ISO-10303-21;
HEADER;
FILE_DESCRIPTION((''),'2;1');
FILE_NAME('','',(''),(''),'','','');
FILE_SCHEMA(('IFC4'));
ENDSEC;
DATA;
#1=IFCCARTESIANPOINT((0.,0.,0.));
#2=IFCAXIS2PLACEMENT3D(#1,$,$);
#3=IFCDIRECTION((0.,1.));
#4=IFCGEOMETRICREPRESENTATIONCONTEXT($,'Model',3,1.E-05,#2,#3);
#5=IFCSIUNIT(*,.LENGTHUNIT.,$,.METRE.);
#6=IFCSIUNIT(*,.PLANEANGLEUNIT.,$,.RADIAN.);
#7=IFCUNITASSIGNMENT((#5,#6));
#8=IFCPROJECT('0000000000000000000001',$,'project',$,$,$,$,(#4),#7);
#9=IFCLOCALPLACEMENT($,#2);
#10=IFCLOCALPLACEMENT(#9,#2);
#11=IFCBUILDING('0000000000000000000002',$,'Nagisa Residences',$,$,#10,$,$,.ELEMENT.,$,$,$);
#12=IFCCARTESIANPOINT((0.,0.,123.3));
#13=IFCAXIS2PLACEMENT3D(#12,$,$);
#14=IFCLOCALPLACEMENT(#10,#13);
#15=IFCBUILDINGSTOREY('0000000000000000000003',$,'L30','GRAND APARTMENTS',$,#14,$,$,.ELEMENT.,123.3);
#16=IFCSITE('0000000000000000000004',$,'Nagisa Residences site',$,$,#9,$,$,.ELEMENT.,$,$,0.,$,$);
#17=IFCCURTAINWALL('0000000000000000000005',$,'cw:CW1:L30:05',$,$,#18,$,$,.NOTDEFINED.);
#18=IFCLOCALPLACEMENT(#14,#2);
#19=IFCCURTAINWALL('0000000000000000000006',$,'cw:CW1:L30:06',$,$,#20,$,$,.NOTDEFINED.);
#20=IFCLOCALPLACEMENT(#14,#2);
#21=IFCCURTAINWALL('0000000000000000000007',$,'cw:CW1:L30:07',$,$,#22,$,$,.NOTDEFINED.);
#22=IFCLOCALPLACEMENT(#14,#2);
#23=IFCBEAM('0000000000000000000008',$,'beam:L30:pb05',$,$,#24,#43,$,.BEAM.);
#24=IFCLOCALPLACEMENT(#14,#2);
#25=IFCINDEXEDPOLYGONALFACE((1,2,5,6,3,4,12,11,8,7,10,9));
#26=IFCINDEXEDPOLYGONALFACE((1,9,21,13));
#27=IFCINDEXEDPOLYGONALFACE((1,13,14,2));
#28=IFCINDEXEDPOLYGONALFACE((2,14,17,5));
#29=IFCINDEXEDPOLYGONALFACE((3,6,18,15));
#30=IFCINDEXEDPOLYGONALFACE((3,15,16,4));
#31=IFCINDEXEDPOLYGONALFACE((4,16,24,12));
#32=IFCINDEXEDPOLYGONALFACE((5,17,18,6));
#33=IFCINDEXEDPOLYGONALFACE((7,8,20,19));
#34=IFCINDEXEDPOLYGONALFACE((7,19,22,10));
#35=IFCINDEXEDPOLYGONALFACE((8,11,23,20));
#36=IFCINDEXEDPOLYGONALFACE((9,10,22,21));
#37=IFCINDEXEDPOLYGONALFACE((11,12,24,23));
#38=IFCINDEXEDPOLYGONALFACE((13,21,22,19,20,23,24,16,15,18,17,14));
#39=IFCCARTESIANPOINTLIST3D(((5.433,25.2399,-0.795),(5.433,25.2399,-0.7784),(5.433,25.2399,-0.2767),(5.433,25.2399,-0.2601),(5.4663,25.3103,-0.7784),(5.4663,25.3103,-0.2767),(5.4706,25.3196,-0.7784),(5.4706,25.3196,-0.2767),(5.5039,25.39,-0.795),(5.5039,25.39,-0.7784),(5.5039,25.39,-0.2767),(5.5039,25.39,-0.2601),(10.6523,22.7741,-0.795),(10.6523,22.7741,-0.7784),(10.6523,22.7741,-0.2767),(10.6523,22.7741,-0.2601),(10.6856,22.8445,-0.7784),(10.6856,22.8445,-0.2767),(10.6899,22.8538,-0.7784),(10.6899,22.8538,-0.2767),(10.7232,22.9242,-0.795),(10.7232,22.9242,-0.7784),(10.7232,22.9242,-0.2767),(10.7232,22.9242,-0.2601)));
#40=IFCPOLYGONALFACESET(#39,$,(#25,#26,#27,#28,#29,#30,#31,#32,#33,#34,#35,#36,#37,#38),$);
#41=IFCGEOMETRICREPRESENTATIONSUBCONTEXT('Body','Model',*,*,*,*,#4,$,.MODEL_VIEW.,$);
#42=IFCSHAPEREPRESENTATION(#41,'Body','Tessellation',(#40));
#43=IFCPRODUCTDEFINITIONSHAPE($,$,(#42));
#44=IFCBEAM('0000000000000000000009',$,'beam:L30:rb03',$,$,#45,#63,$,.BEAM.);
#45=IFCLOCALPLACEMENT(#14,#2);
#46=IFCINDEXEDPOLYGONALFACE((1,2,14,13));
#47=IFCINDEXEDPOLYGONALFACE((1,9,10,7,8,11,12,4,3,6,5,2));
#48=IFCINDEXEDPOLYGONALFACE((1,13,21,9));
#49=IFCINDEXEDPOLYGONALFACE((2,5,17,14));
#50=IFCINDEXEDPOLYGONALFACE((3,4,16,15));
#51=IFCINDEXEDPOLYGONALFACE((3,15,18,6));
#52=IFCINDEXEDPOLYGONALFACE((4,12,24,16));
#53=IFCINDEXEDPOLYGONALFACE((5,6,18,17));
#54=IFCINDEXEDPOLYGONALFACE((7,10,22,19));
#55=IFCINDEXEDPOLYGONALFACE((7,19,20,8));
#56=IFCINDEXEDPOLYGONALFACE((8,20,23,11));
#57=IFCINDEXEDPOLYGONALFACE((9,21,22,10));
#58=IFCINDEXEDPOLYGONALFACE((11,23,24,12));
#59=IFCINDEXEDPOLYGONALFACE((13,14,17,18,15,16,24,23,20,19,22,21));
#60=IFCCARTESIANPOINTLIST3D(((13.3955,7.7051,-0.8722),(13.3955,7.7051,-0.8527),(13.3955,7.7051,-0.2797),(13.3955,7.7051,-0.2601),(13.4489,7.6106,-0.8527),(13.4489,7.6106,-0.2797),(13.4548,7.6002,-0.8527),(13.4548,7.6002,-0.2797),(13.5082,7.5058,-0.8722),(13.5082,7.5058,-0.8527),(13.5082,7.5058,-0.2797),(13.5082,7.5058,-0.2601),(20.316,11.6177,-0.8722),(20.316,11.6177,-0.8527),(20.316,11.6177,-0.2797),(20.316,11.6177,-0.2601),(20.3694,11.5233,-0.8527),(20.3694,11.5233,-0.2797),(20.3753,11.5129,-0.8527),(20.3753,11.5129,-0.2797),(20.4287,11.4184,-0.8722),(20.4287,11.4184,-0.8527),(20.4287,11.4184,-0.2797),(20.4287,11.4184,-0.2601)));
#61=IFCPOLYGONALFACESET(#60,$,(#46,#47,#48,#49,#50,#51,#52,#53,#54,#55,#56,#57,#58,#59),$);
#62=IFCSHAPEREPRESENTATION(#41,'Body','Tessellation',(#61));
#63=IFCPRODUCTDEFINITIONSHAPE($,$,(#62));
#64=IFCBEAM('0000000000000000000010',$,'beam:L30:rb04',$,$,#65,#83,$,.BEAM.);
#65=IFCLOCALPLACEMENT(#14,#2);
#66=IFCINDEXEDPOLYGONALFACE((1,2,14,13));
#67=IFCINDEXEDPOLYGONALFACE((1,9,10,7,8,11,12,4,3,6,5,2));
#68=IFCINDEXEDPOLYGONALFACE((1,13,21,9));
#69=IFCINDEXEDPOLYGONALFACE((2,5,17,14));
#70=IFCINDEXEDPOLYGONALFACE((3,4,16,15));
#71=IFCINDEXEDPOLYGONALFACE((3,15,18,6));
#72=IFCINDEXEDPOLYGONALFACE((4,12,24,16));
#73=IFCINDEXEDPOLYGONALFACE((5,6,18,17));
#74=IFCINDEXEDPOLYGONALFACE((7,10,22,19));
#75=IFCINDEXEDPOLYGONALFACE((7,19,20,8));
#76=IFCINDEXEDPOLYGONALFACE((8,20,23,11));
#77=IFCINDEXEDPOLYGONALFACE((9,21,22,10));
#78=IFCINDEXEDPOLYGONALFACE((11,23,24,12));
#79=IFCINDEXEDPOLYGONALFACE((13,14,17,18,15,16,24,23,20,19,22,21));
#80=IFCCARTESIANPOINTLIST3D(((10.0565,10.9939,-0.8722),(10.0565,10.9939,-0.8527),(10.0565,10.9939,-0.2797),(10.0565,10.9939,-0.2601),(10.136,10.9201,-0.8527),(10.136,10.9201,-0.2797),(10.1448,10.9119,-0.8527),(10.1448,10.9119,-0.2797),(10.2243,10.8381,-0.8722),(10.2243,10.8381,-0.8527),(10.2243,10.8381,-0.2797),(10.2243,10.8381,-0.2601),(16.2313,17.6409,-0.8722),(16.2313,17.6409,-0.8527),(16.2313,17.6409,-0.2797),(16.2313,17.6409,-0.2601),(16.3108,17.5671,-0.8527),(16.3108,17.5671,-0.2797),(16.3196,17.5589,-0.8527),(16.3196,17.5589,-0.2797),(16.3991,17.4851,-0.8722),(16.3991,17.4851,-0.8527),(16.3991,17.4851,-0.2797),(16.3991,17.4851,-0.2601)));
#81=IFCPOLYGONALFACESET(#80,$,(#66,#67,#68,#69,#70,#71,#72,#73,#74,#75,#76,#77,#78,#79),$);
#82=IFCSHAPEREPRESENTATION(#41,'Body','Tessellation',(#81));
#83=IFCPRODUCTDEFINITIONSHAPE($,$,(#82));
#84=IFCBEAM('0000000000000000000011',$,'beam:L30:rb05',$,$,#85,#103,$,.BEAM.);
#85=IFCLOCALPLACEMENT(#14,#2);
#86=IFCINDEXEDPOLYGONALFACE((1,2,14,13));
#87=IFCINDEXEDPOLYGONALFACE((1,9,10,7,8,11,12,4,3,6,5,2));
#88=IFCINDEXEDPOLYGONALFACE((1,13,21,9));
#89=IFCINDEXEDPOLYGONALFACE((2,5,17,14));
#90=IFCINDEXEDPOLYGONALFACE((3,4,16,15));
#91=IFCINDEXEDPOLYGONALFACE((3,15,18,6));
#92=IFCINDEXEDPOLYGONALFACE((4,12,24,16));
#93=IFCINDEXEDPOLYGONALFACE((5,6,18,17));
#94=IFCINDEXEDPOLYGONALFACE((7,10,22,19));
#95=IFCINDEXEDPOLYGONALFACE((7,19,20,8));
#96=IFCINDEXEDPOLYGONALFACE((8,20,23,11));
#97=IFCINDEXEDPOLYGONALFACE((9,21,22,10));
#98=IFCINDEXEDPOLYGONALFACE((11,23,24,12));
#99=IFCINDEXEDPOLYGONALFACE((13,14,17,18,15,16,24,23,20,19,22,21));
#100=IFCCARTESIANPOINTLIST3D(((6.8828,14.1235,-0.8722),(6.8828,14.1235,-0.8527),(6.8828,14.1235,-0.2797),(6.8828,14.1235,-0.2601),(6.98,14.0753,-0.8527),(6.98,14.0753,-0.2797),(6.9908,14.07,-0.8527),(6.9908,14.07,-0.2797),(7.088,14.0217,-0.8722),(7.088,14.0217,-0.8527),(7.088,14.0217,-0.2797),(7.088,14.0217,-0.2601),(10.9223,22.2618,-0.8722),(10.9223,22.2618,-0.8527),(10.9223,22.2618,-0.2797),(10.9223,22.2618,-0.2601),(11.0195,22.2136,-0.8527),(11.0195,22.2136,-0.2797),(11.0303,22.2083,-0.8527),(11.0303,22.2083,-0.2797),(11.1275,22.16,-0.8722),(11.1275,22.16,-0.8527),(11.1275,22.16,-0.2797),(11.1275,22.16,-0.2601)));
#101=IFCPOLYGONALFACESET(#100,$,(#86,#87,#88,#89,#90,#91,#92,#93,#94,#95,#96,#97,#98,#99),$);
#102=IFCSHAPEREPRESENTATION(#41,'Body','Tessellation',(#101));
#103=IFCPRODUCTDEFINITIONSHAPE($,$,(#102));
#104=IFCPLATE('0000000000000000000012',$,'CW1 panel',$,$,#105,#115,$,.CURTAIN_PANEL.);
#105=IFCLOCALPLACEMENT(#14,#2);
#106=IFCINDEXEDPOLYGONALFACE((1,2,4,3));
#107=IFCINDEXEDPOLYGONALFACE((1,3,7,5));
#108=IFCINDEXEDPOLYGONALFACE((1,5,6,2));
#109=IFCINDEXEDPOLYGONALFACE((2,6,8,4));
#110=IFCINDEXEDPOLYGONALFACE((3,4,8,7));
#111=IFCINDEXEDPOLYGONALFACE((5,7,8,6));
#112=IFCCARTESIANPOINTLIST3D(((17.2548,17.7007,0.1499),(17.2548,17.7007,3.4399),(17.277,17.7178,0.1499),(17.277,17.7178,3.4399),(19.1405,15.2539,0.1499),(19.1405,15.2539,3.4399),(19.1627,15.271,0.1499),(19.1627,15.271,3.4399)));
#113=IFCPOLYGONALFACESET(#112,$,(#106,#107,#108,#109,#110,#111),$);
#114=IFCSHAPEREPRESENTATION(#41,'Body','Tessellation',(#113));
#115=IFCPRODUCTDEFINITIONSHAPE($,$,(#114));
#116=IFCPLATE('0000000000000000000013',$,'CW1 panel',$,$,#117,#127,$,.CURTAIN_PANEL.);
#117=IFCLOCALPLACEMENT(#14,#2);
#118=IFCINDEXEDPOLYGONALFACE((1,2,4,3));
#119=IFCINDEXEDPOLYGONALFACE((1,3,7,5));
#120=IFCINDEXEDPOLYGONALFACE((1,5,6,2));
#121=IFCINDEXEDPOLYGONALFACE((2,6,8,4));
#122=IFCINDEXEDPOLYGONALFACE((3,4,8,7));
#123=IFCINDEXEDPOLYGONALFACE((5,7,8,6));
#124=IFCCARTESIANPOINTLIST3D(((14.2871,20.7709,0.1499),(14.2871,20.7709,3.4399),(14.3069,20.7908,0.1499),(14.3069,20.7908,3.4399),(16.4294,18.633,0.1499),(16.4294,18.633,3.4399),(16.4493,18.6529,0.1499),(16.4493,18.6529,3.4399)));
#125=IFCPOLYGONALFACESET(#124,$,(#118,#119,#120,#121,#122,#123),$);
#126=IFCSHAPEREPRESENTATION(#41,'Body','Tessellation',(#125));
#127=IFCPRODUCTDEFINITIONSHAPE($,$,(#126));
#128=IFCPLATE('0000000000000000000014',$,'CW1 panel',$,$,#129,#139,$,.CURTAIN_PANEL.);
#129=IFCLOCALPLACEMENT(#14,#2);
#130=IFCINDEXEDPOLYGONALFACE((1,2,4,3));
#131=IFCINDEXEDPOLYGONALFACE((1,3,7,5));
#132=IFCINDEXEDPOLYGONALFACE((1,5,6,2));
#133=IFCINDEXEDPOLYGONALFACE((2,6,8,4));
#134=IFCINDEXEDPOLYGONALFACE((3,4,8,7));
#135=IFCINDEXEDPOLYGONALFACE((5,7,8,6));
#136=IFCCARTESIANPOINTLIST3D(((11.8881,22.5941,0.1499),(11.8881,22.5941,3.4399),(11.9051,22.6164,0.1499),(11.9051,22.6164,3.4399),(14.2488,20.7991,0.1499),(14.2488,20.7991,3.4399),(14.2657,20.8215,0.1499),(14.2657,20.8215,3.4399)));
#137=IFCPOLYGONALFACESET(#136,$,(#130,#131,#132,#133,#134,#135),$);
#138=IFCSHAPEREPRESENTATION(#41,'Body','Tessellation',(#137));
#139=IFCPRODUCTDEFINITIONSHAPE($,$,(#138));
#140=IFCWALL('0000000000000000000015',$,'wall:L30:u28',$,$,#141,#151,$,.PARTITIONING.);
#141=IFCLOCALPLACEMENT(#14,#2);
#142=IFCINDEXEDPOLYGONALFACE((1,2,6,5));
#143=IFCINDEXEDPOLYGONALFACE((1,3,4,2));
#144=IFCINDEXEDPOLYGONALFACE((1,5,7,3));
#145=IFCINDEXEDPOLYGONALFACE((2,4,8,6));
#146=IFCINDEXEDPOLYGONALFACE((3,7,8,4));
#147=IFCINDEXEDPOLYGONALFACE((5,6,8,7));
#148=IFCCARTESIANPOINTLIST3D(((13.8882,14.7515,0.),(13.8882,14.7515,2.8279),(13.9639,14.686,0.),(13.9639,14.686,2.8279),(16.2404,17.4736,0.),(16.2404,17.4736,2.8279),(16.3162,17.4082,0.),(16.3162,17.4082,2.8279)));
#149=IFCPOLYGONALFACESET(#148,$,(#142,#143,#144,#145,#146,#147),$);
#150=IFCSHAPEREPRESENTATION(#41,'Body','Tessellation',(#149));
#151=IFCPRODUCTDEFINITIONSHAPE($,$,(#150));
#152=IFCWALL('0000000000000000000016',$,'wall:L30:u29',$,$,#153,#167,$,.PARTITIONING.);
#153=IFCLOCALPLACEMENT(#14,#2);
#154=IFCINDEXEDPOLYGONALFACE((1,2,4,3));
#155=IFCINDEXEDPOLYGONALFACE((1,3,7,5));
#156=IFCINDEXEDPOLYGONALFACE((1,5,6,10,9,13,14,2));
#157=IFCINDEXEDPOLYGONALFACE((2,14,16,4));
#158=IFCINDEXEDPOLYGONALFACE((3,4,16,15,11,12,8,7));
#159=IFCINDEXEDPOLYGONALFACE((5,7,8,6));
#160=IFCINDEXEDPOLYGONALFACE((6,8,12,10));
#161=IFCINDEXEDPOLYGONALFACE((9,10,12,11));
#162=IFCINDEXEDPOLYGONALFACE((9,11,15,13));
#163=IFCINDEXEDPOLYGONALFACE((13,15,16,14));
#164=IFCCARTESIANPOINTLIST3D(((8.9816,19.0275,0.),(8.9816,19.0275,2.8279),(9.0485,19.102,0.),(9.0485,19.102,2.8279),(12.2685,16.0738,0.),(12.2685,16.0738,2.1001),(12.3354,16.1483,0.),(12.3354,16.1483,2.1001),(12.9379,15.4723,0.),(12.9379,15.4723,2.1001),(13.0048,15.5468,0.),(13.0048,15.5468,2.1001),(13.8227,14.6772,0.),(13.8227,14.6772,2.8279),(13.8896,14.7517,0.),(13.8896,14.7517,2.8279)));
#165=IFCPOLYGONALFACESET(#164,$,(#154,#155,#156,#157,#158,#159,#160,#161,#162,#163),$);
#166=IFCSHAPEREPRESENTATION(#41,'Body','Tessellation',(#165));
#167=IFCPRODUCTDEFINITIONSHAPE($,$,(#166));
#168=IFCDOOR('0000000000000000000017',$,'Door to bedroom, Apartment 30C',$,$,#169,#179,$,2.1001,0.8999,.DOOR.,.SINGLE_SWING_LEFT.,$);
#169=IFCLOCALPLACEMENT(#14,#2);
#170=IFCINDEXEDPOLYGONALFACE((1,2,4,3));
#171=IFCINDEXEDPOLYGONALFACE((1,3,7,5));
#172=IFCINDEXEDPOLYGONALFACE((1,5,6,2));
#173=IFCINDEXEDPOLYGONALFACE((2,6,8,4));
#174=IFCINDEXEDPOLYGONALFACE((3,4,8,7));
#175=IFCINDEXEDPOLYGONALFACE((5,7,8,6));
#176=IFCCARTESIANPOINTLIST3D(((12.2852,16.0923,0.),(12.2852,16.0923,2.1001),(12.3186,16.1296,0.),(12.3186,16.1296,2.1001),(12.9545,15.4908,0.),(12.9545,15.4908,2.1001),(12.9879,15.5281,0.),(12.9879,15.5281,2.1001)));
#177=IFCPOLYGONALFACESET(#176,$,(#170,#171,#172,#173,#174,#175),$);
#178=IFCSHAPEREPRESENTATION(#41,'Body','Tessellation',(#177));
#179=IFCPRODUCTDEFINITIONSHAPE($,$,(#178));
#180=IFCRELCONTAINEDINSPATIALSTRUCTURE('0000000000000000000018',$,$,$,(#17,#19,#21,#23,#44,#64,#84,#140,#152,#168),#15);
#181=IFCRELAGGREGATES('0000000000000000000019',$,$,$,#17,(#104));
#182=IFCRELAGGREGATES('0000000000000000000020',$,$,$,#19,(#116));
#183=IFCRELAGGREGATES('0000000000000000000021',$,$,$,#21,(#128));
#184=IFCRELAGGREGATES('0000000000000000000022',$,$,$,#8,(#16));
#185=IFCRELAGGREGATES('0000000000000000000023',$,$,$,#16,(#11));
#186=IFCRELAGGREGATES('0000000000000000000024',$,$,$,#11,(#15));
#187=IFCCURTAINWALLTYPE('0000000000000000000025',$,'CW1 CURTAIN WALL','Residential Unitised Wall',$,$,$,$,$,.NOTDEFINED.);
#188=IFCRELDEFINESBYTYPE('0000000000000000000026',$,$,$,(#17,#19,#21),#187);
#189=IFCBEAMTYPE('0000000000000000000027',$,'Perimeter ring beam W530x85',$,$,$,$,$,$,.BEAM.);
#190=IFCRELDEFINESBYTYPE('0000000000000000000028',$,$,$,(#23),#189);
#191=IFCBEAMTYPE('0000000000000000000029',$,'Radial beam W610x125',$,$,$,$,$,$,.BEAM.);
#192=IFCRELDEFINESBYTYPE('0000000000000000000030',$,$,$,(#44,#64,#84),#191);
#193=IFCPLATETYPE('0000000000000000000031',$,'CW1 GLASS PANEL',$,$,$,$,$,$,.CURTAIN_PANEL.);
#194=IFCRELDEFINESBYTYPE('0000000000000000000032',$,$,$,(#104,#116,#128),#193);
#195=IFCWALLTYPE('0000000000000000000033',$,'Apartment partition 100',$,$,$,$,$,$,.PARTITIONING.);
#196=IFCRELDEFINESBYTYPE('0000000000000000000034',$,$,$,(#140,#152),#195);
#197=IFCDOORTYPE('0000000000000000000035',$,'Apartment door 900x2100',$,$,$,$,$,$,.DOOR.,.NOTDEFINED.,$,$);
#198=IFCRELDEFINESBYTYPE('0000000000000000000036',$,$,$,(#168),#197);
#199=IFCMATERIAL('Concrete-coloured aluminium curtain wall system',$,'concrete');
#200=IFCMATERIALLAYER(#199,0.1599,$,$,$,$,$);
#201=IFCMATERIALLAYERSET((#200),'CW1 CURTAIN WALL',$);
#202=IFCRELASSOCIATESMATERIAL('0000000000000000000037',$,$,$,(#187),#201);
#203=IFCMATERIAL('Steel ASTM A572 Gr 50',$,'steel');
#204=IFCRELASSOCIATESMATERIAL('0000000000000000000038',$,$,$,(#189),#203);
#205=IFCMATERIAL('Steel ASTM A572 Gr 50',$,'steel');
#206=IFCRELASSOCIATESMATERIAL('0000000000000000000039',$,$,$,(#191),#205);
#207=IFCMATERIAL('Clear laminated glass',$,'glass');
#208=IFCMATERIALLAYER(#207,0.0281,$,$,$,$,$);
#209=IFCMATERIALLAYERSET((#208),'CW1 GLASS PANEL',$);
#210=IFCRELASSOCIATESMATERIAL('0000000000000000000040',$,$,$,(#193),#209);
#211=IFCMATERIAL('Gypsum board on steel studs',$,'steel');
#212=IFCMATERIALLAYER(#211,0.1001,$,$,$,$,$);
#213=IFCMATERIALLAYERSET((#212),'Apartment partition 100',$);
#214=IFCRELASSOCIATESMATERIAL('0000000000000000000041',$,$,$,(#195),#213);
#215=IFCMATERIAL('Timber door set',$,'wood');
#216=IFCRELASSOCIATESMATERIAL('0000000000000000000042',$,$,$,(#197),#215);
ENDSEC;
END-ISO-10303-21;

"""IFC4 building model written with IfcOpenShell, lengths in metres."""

from ifc_helpers import new_model, si_unit, direction, frame, frame_2d, origin, origin_2d, place, context, subcontext, project, spatial, rectangle, i_section, extrude, material, layer, layer_set, material_profile, profile_set, type_object, element, fill, aggregate, save


model = new_model("IFC4")

# Units and contexts
model_context = context("Model", 3, precision=1e-05, world=origin(), true_north=direction((0.0, 1.0)))
body_context = subcontext(model_context, "Body", "Model", "MODEL_VIEW")
ifc_project = project(units=[si_unit("LENGTHUNIT", "METRE"), si_unit("PLANEANGLEUNIT", "RADIAN")], contexts=[model_context])

# Site, building, storey
site_placement = place(None, origin())
site = spatial("IfcSite", under=ifc_project, at=site_placement, Name="Nagisa Residences site", CompositionType="ELEMENT", RefElevation=0.0)
building_placement = place(site_placement, origin())
building = spatial("IfcBuilding", under=site, at=building_placement, Name="Nagisa Residences", CompositionType="ELEMENT")
storey_placement = place(building_placement, frame((0.0, 0.0, 123.3)))
storey = spatial("IfcBuildingStorey", under=building, at=storey_placement, Name="L30", Description="GRAND APARTMENTS", CompositionType="ELEMENT", Elevation=123.3)

# Curtain walls
ifc_material_1 = material(Name="Concrete-coloured aluminium curtain wall system", Category="concrete")
ifc_layer_1 = layer(ifc_material_1, 0.1599)
ifc_layer_set_1 = layer_set([ifc_layer_1], Name="CW1 CURTAIN WALL")
curtain_wall_type = type_object("IfcCurtainWallType", Name="CW1 CURTAIN WALL", Description="Residential Unitised Wall", PredefinedType="NOTDEFINED", material=ifc_layer_set_1)
curtain_wall_1_placement = place(storey_placement, origin())
curtain_wall_1 = element("IfcCurtainWall", 1, at=curtain_wall_1_placement, inside=storey, type_object=curtain_wall_type, Name="cw:CW1:L30:05", PredefinedType="NOTDEFINED")
curtain_wall_2_placement = place(storey_placement, origin())
curtain_wall_2 = element("IfcCurtainWall", 2, at=curtain_wall_2_placement, inside=storey, type_object=curtain_wall_type, Name="cw:CW1:L30:06", PredefinedType="NOTDEFINED")
curtain_wall_3_placement = place(storey_placement, origin())
curtain_wall_3 = element("IfcCurtainWall", 3, at=curtain_wall_3_placement, inside=storey, type_object=curtain_wall_type, Name="cw:CW1:L30:07", PredefinedType="NOTDEFINED")

# Beams
ifc_material_2 = material(Name="Steel ASTM A572 Gr 50", Category="steel")
ifc_material_profile_1 = material_profile(ifc_material_2, i_section(OverallWidth=0.166, OverallDepth=0.5349, WebThickness=0.0103, FlangeThickness=0.0166, at=origin_2d()), Name="W530x85")
ifc_profile_set_1 = profile_set([ifc_material_profile_1], Name="Steel ASTM A572 Gr 50")
beam_type_1 = type_object("IfcBeamType", Name="Perimeter ring beam W530x85", PredefinedType="BEAM", material=ifc_profile_set_1)
beam_1_placement = place(storey_placement, frame((10.6877, 22.8491, -0.5276), z_axis=(-0.90417, 0.427173, 0.0), x_axis=(-0.427173, -0.90417, 0.0)))
element("IfcBeam", 4, at=beam_1_placement, inside=storey, type_object=beam_type_1, Name="beam:L30:pb05", PredefinedType="BEAM", context=body_context, shape_type="SweptSolid", body=[
    extrude(i_section(OverallWidth=0.166, OverallDepth=0.5349, WebThickness=0.0103, FlangeThickness=0.0166, at=origin_2d()), origin(), (0.0, 0.0, 1.0), 5.7725),
])
ifc_material_3 = material(Name="Steel ASTM A572 Gr 50", Category="steel")
ifc_material_profile_2 = material_profile(ifc_material_3, i_section(OverallWidth=0.229, OverallDepth=0.6121, WebThickness=0.012, FlangeThickness=0.0195, at=origin_2d()), Name="W610x125")
ifc_profile_set_2 = profile_set([ifc_material_profile_2], Name="Steel ASTM A572 Gr 50")
beam_type_2 = type_object("IfcBeamType", Name="Radial beam W610x125", PredefinedType="BEAM", material=ifc_profile_set_2)
beam_2_placement = place(storey_placement, frame((20.3723, 11.5181, -0.5662), z_axis=(-0.870506, -0.492158, 0.0), x_axis=(0.492158, -0.870506, 0.0)))
element("IfcBeam", 5, at=beam_2_placement, inside=storey, type_object=beam_type_2, Name="beam:L30:rb03", PredefinedType="BEAM", context=body_context, shape_type="SweptSolid", body=[
    extrude(i_section(OverallWidth=0.229, OverallDepth=0.6121, WebThickness=0.012, FlangeThickness=0.0195, at=origin_2d()), origin(), (0.0, 0.0, 1.0), 7.95),
])
beam_3_placement = place(storey_placement, frame((16.3152, 17.563, -0.5662), z_axis=(-0.680606, -0.73265, 0.0), x_axis=(0.73265, -0.680606, 0.0)))
element("IfcBeam", 6, at=beam_3_placement, inside=storey, type_object=beam_type_2, Name="beam:L30:rb04", PredefinedType="BEAM", context=body_context, shape_type="SweptSolid", body=[
    extrude(i_section(OverallWidth=0.229, OverallDepth=0.6121, WebThickness=0.012, FlangeThickness=0.0195, at=origin_2d()), origin(), (0.0, 0.0, 1.0), 9.0725),
])
beam_4_placement = place(storey_placement, frame((11.0249, 22.2109, -0.5662), z_axis=(-0.4446, -0.895729, 0.0), x_axis=(0.895729, -0.4446, 0.0)))
element("IfcBeam", 7, at=beam_4_placement, inside=storey, type_object=beam_type_2, Name="beam:L30:rb05", PredefinedType="BEAM", context=body_context, shape_type="SweptSolid", body=[
    extrude(i_section(OverallWidth=0.229, OverallDepth=0.6121, WebThickness=0.012, FlangeThickness=0.0195, at=origin_2d()), origin(), (0.0, 0.0, 1.0), 9.0857),
])

# Plates
ifc_material_4 = material(Name="Clear laminated glass", Category="glass")
ifc_layer_2 = layer(ifc_material_4, 0.0281)
ifc_layer_set_2 = layer_set([ifc_layer_2], Name="CW1 GLASS PANEL")
plate_type = type_object("IfcPlateType", Name="CW1 GLASS PANEL", PredefinedType="CURTAIN_PANEL", material=ifc_layer_set_2)
plate_1_placement = place(storey_placement, frame((18.2087, 16.4858, 0.1499), z_axis=(0.0, 0.0, 1.0), x_axis=(-0.61043, 0.79207, 0.0)))
plate_1 = element("IfcPlate", 8, at=plate_1_placement, type_object=plate_type, Name="CW1 panel", PredefinedType="CURTAIN_PANEL", context=body_context, shape_type="SweptSolid", body=[
    extrude(rectangle(XDim=3.0891, YDim=0.0281, at=origin_2d()), origin(), (0.0, 0.0, 1.0), 3.29),
])
aggregate(curtain_wall_1, [plate_1])
plate_2_placement = place(storey_placement, frame((15.3682, 19.7119, 0.1499), z_axis=(0.0, 0.0, 1.0), x_axis=(-0.707836, 0.706377, 0.0)))
plate_2 = element("IfcPlate", 9, at=plate_2_placement, type_object=plate_type, Name="CW1 panel", PredefinedType="CURTAIN_PANEL", context=body_context, shape_type="SweptSolid", body=[
    extrude(rectangle(XDim=3.0266, YDim=0.0281, at=origin_2d()), origin(), (0.0, 0.0, 1.0), 3.29),
])
aggregate(curtain_wall_2, [plate_2])
plate_3_placement = place(storey_placement, frame((13.0769, 21.7078, 0.1499), z_axis=(0.0, 0.0, 1.0), x_axis=(-0.796031, 0.605255, 0.0)))
plate_3 = element("IfcPlate", 10, at=plate_3_placement, type_object=plate_type, Name="CW1 panel", PredefinedType="CURTAIN_PANEL", context=body_context, shape_type="SweptSolid", body=[
    extrude(rectangle(XDim=2.9656, YDim=0.0281, at=origin_2d()), origin(), (0.0, 0.0, 1.0), 3.29),
])
aggregate(curtain_wall_3, [plate_3])

# Wall
ifc_material_5 = material(Name="Gypsum board on steel studs", Category="steel")
ifc_layer_3 = layer(ifc_material_5, 0.1001)
ifc_layer_set_3 = layer_set([ifc_layer_3], Name="Apartment partition 100")
wall_type_1 = type_object("IfcWallType", Name="Apartment partition 100", PredefinedType="PARTITIONING", material=ifc_layer_set_3)
wall_1_placement = place(storey_placement, frame((13.926, 14.7188, 0.0), z_axis=(0.0, 0.0, 1.0), x_axis=(0.653832, 0.75664, 0.0)))
element("IfcWall", 11, at=wall_1_placement, inside=storey, type_object=wall_type_1, Name="wall:L30:u28", PredefinedType="PARTITIONING", context=body_context, shape_type="SweptSolid", body=[
    extrude(rectangle(XDim=3.5977, YDim=0.1001, at=frame_2d((1.7988, 0.0))), origin(), (0.0, 0.0, 1.0), 2.8279),
])

# Wall, opening, door
wall_2_placement = place(storey_placement, frame((13.8562, 14.7144, 0.0), z_axis=(0.0, 0.0, 1.0), x_axis=(-0.743799, 0.668403, 0.0)))
wall_2 = element("IfcWall", 12, at=wall_2_placement, inside=storey, type_object=wall_type_1, Name="wall:L30:u29", PredefinedType="PARTITIONING", context=body_context, shape_type="SweptSolid", body=[
    extrude(rectangle(XDim=6.5085, YDim=0.1001, at=frame_2d((3.2544, 0.0))), origin(), (0.0, 0.0, 1.0), 2.8279),
])
opening_1_placement = place(wall_2_placement, frame((1.1897, 0.0, 0.0)))
opening_1 = element("IfcOpeningElement", 13, at=opening_1_placement, cuts=wall_2, PredefinedType="OPENING", context=body_context, shape_type="SweptSolid", body=[
    extrude(rectangle(XDim=0.8999, YDim=2.1001, at=frame_2d((0.45, 1.05))), frame((0.0, 0.0601, 0.0), z_axis=(0.0, -1.0, 0.0), x_axis=(1.0, 0.0, 0.0)), (0.0, 0.0, 1.0), 0.1201),
])
ifc_material_6 = material(Name="Timber door set", Category="wood")
door_type_1 = type_object("IfcDoorType", Name="Apartment door 900x2100", OperationType="NOTDEFINED", PredefinedType="DOOR", material=ifc_material_6)
door_1_placement = place(opening_1_placement, frame((0.8999, 0.0, 0.0), x_axis=(-1.0, 0.0, 0.0)))
door_1 = element("IfcDoor", 14, at=door_1_placement, inside=storey, type_object=door_type_1, Name="Door to bedroom, Apartment 30C", OperationType="SINGLE_SWING_LEFT", OverallHeight=2.1001, OverallWidth=0.8999, PredefinedType="DOOR", context=body_context, shape_type="SweptSolid", body=[
    extrude(rectangle(XDim=0.8999, YDim=2.1001, at=frame_2d((0.45, 1.05))), frame((0.0, 0.0249, 0.0), z_axis=(0.0, -1.0, 0.0), x_axis=(1.0, 0.0, 0.0)), (0.0, 0.0, 1.0), 0.05),
])
fill(opening_1, door_1)

save(model, "model.ifc")
